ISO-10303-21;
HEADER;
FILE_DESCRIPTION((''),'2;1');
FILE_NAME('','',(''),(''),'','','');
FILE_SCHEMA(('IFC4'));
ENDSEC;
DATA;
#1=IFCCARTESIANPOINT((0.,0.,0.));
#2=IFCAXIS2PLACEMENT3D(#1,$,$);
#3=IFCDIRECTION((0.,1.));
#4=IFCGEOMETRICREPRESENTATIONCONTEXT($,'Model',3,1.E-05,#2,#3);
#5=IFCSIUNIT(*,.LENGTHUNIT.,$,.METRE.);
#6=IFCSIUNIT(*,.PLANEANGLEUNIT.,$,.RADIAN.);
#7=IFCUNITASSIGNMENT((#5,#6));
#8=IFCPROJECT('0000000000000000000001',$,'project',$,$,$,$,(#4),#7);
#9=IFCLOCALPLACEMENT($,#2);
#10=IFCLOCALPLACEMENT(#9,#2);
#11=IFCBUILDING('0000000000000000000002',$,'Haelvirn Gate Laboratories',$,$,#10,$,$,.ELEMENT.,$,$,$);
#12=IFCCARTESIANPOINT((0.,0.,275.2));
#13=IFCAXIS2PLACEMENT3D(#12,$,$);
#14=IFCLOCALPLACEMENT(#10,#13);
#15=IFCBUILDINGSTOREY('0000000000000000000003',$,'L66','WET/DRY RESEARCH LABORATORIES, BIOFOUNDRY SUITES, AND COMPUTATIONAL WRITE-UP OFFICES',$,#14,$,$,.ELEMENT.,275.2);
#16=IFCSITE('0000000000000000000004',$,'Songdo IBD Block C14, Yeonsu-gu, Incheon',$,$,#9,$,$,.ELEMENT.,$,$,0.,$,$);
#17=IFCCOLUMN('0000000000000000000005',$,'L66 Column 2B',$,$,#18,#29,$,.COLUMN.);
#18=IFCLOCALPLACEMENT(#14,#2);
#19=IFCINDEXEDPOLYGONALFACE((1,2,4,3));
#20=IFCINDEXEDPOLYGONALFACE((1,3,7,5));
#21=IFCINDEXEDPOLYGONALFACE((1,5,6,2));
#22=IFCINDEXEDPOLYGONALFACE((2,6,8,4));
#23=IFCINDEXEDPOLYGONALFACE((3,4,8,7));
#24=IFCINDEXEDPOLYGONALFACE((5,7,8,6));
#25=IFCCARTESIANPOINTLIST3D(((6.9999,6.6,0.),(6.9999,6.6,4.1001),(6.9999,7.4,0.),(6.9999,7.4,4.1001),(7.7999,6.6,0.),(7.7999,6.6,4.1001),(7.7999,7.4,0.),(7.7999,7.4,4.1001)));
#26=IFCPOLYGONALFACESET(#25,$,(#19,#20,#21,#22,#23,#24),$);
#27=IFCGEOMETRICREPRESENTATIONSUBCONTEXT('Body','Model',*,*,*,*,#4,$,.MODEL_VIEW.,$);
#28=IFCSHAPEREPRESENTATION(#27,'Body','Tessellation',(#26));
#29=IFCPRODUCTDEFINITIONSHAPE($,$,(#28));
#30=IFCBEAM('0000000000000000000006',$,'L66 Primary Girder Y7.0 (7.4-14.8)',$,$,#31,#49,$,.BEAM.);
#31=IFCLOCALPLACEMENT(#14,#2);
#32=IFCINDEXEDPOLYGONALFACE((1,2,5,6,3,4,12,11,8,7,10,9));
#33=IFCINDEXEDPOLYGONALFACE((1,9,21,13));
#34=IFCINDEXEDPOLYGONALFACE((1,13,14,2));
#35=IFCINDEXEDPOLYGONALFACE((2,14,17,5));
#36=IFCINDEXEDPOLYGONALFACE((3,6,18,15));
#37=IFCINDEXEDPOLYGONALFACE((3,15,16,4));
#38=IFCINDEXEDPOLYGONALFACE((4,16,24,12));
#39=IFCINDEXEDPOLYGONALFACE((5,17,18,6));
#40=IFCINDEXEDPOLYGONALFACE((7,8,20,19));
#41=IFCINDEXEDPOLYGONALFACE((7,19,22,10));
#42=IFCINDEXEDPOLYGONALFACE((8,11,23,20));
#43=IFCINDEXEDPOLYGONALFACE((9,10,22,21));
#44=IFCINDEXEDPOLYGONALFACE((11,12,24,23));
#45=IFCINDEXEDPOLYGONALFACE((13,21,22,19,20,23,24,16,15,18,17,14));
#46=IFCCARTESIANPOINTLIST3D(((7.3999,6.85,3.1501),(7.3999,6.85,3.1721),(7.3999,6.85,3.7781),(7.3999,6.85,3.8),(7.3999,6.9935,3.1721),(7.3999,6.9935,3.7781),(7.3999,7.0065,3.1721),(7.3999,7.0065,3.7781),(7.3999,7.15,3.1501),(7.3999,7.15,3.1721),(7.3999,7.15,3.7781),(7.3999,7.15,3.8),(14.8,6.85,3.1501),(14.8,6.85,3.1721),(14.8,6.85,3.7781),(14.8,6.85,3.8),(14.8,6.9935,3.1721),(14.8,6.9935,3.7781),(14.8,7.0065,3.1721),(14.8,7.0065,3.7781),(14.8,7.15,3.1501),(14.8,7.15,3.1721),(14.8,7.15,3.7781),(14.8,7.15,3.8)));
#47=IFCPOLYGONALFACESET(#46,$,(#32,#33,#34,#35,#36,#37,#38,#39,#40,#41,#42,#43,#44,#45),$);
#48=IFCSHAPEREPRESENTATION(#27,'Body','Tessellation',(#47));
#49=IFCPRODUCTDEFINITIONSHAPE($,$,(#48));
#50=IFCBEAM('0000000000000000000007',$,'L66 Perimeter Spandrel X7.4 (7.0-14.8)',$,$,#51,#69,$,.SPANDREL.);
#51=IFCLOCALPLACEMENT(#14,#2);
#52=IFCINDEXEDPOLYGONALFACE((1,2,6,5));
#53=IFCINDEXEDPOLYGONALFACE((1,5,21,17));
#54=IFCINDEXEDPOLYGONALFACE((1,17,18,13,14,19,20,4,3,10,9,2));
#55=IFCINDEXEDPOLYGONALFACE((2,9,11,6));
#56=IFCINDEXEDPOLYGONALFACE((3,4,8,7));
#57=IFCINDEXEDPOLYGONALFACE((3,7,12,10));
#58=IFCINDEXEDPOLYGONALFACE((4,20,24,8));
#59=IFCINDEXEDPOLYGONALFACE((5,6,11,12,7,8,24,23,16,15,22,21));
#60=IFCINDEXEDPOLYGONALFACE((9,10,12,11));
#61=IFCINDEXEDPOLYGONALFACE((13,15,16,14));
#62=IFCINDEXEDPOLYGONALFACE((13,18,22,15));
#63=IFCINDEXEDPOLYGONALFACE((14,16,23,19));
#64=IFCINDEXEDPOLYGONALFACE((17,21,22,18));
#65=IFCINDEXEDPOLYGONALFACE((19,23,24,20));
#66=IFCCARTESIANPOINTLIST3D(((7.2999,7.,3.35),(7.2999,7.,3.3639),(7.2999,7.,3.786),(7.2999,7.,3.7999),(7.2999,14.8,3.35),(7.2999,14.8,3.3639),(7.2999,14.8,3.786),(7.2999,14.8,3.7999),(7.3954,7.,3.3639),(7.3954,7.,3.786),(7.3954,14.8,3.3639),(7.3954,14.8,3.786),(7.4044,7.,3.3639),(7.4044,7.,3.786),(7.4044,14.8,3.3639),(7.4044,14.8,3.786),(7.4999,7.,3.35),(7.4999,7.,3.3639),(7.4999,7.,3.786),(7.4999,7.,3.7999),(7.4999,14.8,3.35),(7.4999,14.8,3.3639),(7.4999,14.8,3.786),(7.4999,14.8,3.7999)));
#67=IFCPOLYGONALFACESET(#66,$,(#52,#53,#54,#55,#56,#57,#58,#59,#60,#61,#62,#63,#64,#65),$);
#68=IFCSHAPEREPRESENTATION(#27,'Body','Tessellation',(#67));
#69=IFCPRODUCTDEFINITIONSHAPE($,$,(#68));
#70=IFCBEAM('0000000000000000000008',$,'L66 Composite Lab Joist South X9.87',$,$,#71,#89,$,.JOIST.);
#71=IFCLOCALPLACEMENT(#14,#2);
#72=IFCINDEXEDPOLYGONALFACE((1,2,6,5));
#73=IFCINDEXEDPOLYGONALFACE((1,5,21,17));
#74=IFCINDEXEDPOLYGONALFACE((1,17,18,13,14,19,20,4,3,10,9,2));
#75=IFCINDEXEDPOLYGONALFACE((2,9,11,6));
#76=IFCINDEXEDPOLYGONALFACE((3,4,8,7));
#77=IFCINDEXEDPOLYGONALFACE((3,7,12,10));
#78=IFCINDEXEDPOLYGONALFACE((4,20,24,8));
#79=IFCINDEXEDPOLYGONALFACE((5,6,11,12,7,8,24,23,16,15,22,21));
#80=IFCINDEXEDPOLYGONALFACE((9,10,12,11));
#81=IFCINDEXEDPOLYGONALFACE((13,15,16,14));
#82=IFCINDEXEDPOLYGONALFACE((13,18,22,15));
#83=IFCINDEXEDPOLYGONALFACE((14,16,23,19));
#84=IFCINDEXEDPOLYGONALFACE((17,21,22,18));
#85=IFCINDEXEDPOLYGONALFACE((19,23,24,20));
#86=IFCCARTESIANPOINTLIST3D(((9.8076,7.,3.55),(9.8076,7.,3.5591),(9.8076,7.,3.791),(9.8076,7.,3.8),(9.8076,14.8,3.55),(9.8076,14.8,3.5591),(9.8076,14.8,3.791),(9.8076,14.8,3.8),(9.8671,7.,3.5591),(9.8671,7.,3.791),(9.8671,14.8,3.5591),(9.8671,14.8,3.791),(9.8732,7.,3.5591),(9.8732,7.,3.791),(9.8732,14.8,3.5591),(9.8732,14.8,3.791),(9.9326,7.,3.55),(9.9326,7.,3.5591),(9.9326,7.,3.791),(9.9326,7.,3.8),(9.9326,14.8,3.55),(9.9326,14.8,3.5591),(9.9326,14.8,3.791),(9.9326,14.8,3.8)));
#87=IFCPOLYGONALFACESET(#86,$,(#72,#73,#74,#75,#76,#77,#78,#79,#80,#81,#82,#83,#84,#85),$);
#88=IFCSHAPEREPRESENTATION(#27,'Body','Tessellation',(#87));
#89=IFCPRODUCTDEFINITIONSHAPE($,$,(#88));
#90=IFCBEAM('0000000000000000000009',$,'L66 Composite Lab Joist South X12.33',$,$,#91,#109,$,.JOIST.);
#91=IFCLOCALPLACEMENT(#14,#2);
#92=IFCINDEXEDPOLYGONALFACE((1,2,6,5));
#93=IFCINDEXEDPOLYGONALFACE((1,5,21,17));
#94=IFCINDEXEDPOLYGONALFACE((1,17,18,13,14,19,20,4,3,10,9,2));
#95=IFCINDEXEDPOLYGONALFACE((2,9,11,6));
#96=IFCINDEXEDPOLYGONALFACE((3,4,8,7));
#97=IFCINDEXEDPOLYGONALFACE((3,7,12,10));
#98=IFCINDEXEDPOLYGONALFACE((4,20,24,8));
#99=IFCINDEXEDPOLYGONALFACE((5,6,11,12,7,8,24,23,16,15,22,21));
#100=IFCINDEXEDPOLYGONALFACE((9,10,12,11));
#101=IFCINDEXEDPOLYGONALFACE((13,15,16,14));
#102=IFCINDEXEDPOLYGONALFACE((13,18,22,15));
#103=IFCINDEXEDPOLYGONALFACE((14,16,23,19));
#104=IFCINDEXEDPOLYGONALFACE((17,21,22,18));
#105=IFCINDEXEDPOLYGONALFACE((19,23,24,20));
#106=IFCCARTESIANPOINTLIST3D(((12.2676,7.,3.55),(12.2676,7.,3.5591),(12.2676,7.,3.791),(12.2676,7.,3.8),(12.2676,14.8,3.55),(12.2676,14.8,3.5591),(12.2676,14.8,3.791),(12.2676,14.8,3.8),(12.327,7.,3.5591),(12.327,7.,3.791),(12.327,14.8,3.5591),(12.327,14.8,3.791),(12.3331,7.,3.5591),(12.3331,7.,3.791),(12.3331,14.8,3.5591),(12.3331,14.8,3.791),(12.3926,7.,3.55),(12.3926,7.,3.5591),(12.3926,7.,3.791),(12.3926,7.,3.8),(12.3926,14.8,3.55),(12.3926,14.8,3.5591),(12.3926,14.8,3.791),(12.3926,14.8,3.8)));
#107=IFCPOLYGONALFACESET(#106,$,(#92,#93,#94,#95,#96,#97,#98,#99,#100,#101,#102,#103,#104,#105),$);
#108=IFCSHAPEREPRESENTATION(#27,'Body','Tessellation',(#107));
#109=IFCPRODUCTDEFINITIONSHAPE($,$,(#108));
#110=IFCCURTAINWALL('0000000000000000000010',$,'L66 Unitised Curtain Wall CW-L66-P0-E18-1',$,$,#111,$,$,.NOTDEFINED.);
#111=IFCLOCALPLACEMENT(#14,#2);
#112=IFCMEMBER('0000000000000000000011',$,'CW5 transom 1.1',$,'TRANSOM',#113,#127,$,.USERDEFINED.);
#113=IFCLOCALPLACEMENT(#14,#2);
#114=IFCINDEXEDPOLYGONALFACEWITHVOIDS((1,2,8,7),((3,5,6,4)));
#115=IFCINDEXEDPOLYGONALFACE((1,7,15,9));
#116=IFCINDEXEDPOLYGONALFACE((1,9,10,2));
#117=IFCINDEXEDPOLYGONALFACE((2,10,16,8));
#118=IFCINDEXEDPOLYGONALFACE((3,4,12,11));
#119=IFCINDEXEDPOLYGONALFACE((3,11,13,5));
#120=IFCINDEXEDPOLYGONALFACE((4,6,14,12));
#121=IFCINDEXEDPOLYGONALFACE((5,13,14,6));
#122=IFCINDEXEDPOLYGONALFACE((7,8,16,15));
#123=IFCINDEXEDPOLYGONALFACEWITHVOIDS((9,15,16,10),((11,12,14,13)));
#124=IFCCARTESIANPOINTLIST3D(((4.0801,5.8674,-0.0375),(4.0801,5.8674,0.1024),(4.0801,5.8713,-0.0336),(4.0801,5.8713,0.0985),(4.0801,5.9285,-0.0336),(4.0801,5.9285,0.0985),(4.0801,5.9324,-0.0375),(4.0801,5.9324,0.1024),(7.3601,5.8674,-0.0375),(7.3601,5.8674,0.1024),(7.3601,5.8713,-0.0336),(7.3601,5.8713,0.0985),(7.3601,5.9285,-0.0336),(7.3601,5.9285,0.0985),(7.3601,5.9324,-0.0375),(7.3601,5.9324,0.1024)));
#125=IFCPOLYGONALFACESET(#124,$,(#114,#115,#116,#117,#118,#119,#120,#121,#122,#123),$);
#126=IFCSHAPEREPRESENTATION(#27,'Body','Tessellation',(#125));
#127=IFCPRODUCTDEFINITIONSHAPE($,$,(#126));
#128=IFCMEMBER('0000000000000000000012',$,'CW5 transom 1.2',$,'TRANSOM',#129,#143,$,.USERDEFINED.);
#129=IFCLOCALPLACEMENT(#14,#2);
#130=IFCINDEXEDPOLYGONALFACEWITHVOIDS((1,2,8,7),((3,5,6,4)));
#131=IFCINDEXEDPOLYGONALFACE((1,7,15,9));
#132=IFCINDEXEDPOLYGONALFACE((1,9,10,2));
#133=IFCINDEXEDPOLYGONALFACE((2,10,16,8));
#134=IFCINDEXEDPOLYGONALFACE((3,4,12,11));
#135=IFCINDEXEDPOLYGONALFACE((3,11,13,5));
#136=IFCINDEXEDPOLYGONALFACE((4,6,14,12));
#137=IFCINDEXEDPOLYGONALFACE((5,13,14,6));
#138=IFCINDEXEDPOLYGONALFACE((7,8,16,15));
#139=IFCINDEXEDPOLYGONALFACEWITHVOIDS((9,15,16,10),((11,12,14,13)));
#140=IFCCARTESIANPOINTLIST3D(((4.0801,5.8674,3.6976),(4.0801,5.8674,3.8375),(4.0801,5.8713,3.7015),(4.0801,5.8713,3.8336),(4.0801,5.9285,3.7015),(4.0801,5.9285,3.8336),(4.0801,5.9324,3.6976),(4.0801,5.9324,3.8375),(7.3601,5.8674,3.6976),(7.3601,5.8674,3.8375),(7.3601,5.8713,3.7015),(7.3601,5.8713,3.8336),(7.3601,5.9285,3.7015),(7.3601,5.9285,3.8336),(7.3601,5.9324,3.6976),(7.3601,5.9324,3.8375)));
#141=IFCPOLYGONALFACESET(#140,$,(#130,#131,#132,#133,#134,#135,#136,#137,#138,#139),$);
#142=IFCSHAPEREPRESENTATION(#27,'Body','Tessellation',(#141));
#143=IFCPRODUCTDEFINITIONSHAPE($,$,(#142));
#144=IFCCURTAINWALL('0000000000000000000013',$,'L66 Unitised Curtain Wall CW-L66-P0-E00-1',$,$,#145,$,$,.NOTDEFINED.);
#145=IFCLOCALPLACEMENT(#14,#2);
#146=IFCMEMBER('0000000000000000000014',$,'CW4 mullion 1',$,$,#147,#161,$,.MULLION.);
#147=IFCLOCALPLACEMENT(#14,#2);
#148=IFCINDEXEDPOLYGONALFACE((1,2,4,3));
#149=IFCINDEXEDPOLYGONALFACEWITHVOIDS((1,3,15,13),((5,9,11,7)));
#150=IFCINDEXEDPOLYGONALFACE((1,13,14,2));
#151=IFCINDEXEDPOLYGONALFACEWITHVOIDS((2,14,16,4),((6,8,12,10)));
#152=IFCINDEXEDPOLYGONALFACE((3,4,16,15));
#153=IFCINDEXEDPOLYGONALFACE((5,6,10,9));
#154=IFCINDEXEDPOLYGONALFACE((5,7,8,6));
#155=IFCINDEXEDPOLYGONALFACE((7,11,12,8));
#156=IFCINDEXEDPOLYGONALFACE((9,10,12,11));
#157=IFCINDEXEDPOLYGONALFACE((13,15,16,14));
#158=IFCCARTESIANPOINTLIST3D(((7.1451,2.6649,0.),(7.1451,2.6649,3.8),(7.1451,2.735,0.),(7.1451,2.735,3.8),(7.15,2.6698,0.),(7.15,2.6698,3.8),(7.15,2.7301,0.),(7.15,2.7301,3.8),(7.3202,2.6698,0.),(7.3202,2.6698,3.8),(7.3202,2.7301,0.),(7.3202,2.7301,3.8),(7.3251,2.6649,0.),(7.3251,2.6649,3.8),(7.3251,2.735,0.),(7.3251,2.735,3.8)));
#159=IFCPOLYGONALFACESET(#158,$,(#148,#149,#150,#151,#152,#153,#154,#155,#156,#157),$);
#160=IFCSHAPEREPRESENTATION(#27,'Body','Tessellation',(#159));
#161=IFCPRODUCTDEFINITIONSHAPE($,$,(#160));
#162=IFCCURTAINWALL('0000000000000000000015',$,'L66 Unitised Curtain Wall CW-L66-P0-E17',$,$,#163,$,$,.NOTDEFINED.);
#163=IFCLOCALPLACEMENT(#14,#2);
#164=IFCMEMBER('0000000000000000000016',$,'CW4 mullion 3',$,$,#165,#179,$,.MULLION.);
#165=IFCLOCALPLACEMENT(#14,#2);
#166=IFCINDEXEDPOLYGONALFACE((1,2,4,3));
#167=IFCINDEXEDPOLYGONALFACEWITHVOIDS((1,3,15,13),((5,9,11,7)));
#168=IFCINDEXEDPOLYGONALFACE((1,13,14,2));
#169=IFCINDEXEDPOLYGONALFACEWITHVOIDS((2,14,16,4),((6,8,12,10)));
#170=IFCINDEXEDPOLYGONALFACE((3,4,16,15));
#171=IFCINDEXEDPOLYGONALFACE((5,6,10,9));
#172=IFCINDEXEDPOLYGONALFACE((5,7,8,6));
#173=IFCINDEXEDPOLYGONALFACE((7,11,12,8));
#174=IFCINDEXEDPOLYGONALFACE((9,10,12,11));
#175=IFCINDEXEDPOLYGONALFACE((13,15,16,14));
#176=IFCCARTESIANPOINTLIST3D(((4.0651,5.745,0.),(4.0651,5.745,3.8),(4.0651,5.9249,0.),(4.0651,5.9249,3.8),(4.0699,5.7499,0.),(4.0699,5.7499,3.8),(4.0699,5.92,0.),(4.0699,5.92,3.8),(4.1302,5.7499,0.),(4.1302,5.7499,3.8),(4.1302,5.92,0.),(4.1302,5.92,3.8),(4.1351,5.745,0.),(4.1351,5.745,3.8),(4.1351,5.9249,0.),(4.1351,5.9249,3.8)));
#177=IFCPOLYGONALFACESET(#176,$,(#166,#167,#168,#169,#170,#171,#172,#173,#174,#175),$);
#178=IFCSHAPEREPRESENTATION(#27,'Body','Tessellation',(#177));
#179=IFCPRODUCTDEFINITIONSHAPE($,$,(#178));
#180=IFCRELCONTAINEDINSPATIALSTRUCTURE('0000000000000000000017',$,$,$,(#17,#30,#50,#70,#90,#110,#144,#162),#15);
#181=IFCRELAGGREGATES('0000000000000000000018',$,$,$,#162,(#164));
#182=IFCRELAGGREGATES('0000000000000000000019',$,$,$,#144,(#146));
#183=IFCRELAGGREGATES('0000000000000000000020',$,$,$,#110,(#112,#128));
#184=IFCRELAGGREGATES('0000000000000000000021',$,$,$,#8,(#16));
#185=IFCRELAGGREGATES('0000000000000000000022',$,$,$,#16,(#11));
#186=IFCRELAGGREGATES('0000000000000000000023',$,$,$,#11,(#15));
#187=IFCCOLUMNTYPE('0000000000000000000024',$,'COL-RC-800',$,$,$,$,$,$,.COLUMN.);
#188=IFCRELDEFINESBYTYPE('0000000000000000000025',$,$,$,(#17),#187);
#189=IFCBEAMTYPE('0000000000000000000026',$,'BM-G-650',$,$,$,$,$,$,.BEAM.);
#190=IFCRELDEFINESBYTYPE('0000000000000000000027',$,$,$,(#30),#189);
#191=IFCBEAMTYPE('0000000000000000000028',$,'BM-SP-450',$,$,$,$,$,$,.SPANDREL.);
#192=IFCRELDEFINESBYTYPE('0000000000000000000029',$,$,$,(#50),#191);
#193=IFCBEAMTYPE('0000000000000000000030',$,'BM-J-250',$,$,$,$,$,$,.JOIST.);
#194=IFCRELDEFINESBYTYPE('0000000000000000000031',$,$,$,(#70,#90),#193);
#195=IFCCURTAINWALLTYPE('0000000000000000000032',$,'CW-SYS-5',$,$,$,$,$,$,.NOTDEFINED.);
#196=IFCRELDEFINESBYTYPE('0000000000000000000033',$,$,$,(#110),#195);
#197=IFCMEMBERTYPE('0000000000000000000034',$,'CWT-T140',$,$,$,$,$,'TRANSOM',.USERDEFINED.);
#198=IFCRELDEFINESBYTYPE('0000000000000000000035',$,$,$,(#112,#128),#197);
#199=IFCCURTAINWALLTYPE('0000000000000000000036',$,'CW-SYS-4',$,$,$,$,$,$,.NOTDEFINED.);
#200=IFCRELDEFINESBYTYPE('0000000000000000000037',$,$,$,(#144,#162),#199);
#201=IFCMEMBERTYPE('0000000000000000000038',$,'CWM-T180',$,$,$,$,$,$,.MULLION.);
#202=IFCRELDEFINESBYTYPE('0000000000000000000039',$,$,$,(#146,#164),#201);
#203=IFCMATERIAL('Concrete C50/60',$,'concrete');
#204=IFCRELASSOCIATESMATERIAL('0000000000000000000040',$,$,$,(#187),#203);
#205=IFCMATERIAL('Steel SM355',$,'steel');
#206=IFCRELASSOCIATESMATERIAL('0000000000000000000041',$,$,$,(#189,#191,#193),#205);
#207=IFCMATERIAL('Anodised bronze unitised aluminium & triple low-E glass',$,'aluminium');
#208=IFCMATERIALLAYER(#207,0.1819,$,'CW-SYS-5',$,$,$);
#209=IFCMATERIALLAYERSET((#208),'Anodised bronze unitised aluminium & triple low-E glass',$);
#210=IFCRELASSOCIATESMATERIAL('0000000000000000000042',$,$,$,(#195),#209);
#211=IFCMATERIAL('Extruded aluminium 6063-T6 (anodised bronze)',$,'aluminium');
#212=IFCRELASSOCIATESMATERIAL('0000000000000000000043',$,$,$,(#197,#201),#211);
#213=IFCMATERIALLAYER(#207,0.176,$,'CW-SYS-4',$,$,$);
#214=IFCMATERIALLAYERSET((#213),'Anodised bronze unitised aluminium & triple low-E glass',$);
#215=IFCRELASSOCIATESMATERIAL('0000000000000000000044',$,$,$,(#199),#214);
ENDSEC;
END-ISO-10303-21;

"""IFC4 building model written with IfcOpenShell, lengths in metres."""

from ifc_helpers import new_model, si_unit, direction, frame, origin, origin_2d, place, context, subcontext, project, spatial, rectangle, hollow_rectangle, i_section, extrude, source, transform, mapped, material, layer, layer_set, material_profile, profile_set, type_object, type_shapes, element, aggregate, save


model = new_model("IFC4")

# Units and contexts
model_context = context("Model", 3, precision=1e-05, world=origin(), true_north=direction((0.0, 1.0)))
body_context = subcontext(model_context, "Body", "Model", "MODEL_VIEW")
ifc_project = project(units=[si_unit("LENGTHUNIT", "METRE"), si_unit("PLANEANGLEUNIT", "RADIAN")], contexts=[model_context])

# Site, building, storey
site_placement = place(None, origin())
site = spatial("IfcSite", under=ifc_project, at=site_placement, Name="Songdo IBD Block C14, Yeonsu-gu, Incheon", CompositionType="ELEMENT", RefElevation=0.0)
building_placement = place(site_placement, origin())
building = spatial("IfcBuilding", under=site, at=building_placement, Name="Haelvirn Gate Laboratories", CompositionType="ELEMENT")
storey_placement = place(building_placement, frame((0.0, 0.0, 275.2)))
storey = spatial("IfcBuildingStorey", under=building, at=storey_placement, Name="L66", Description="WET/DRY RESEARCH LABORATORIES, BIOFOUNDRY SUITES, AND COMPUTATIONAL WRITE-UP OFFICES", CompositionType="ELEMENT", Elevation=275.2)

# Column
ifc_material_1 = material(Name="Concrete C50/60", Category="concrete")
ifc_material_profile_1 = material_profile(ifc_material_1, rectangle(XDim=0.8, YDim=0.8, at=origin_2d()), Name="RC-800x800")
ifc_profile_set_1 = profile_set([ifc_material_profile_1], Name="Concrete C50/60")
column_type = type_object("IfcColumnType", Name="COL-RC-800", PredefinedType="COLUMN", material=ifc_profile_set_1)
shared_shape_1 = source(origin(), body_context, "Body", "SweptSolid", [
    extrude(rectangle(XDim=0.8, YDim=0.8, at=origin_2d()), origin(), (0.0, 0.0, 1.0), 4.1001),
])
type_shapes(column_type, [shared_shape_1])
column_placement = place(storey_placement, frame((7.3999, 7.0, 0.0), z_axis=(0.0, 0.0, 1.0), x_axis=(1.0, 0.0, 0.0)))
element("IfcColumn", 1, at=column_placement, inside=storey, type_object=column_type, Name="L66 Column 2B", PredefinedType="COLUMN", context=body_context, shape_type="MappedRepresentation", body=[
    mapped(shared_shape_1, transform((0.0, 0.0, 0.0), scale=1.0)),
])

# Beams
ifc_material_2 = material(Name="Steel SM355", Category="steel")
ifc_material_profile_2 = material_profile(ifc_material_2, i_section(OverallWidth=0.3, OverallDepth=0.6499, WebThickness=0.0129, FlangeThickness=0.022, at=origin_2d()), Name="H-650x300x13x22")
ifc_profile_set_2 = profile_set([ifc_material_profile_2], Name="Steel SM355")
beam_type_1 = type_object("IfcBeamType", Name="BM-G-650", PredefinedType="BEAM", material=ifc_profile_set_2)
shared_shape_2 = source(origin(), body_context, "Body", "SweptSolid", [
    extrude(i_section(OverallWidth=0.3, OverallDepth=0.6499, WebThickness=0.0129, FlangeThickness=0.022, at=origin_2d()), origin(), (0.0, 0.0, 1.0), 7.4001),
])
type_shapes(beam_type_1, [shared_shape_2])
beam_1_placement = place(storey_placement, frame((7.3999, 7.0, 3.4751), z_axis=(1.0, 0.0, 0.0), x_axis=(0.0, 1.0, 0.0)))
element("IfcBeam", 2, at=beam_1_placement, inside=storey, type_object=beam_type_1, Name="L66 Primary Girder Y7.0 (7.4-14.8)", PredefinedType="BEAM", context=body_context, shape_type="MappedRepresentation", body=[
    mapped(shared_shape_2, transform((0.0, 0.0, 0.0), scale=1.0)),
])
ifc_material_profile_3 = material_profile(ifc_material_2, i_section(OverallWidth=0.2, OverallDepth=0.45, WebThickness=0.009, FlangeThickness=0.0139, at=origin_2d()), Name="H-450x200x9x14")
ifc_profile_set_3 = profile_set([ifc_material_profile_3], Name="Steel SM355")
beam_type_2 = type_object("IfcBeamType", Name="BM-SP-450", PredefinedType="SPANDREL", material=ifc_profile_set_3)
shared_shape_3 = source(origin(), body_context, "Body", "SweptSolid", [
    extrude(i_section(OverallWidth=0.2, OverallDepth=0.45, WebThickness=0.009, FlangeThickness=0.0139, at=origin_2d()), origin(), (0.0, 0.0, 1.0), 7.8),
])
type_shapes(beam_type_2, [shared_shape_3])
beam_2_placement = place(storey_placement, frame((7.3999, 7.0, 3.575), z_axis=(0.0, 1.0, 0.0), x_axis=(-1.0, 0.0, 0.0)))
element("IfcBeam", 3, at=beam_2_placement, inside=storey, type_object=beam_type_2, Name="L66 Perimeter Spandrel X7.4 (7.0-14.8)", PredefinedType="SPANDREL", context=body_context, shape_type="MappedRepresentation", body=[
    mapped(shared_shape_3, transform((0.0, 0.0, 0.0), scale=1.0)),
])
ifc_material_profile_4 = material_profile(ifc_material_2, i_section(OverallWidth=0.125, OverallDepth=0.25, WebThickness=0.0061, FlangeThickness=0.009, at=origin_2d()), Name="H-250x125x6x9")
ifc_profile_set_4 = profile_set([ifc_material_profile_4], Name="Steel SM355")
beam_type_3 = type_object("IfcBeamType", Name="BM-J-250", PredefinedType="JOIST", material=ifc_profile_set_4)
shared_shape_4 = source(origin(), body_context, "Body", "SweptSolid", [
    extrude(i_section(OverallWidth=0.125, OverallDepth=0.25, WebThickness=0.0061, FlangeThickness=0.009, at=origin_2d()), origin(), (0.0, 0.0, 1.0), 7.8),
])
type_shapes(beam_type_3, [shared_shape_4])
for number, where, z_axis, x_axis, name in (
    (4, (9.8701, 7.0, 3.675), (0.0, 1.0, 0.0), (-1.0, 0.0, 0.0), "L66 Composite Lab Joist South X9.87"),
    (5, (12.3301, 7.0, 3.675), (0.0, 1.0, 0.0), (-1.0, 0.0, 0.0), "L66 Composite Lab Joist South X12.33"),
):
    element("IfcBeam", number, at=place(storey_placement, frame(where, z_axis=z_axis, x_axis=x_axis)), inside=storey, type_object=beam_type_3, Name=name, PredefinedType="JOIST", context=body_context, shape_type="MappedRepresentation", body=[
        mapped(shared_shape_4, transform((0.0, 0.0, 0.0), scale=1.0)),
    ])

# Curtain wall, members
ifc_material_3 = material(Name="Anodised bronze unitised aluminium & triple low-E glass", Category="aluminium")
ifc_layer_1 = layer(ifc_material_3, 0.1819, Name="CW-SYS-5")
ifc_layer_set_1 = layer_set([ifc_layer_1], Name="Anodised bronze unitised aluminium & triple low-E glass")
curtain_wall_type_1 = type_object("IfcCurtainWallType", Name="CW-SYS-5", PredefinedType="NOTDEFINED", material=ifc_layer_set_1)
curtain_wall_1_placement = place(storey_placement, origin())
curtain_wall_1 = element("IfcCurtainWall", 6, at=curtain_wall_1_placement, inside=storey, type_object=curtain_wall_type_1, Name="L66 Unitised Curtain Wall CW-L66-P0-E18-1", PredefinedType="NOTDEFINED")
ifc_material_4 = material(Name="Extruded aluminium 6063-T6 (anodised bronze)", Category="aluminium")
ifc_material_profile_5 = material_profile(ifc_material_4, hollow_rectangle(XDim=0.0649, YDim=0.1399, WallThickness=0.0039, at=origin_2d()), Name="CWT-140x65x4")
ifc_profile_set_5 = profile_set([ifc_material_profile_5], Name="Extruded aluminium 6063-T6 (anodised bronze)")
member_type_1 = type_object("IfcMemberType", Name="CWT-T140", ElementType="TRANSOM", PredefinedType="USERDEFINED", material=ifc_profile_set_5)
shared_shape_5 = source(origin(), body_context, "Body", "SweptSolid", [
    extrude(hollow_rectangle(XDim=0.0649, YDim=0.1399, WallThickness=0.0039, at=origin_2d()), origin(), (0.0, 0.0, 1.0), 3.28),
])
member_1_placement = place(storey_placement, frame((4.0801, 5.8999, 0.0325), z_axis=(1.0, 0.0, 0.0), x_axis=(0.0, 1.0, 0.0)))
member_1 = element("IfcMember", 7, at=member_1_placement, type_object=member_type_1, Name="CW5 transom 1.1", ObjectType="TRANSOM", PredefinedType="USERDEFINED", context=body_context, shape_type="MappedRepresentation", body=[
    mapped(shared_shape_5, transform((0.0, 0.0, 0.0), scale=1.0)),
])
member_2_placement = place(storey_placement, frame((4.0801, 5.8999, 3.7676), z_axis=(1.0, 0.0, 0.0), x_axis=(0.0, 1.0, 0.0)))
member_2 = element("IfcMember", 8, at=member_2_placement, type_object=member_type_1, Name="CW5 transom 1.2", ObjectType="TRANSOM", PredefinedType="USERDEFINED", context=body_context, shape_type="MappedRepresentation", body=[
    mapped(shared_shape_5, transform((0.0, 0.0, 0.0), scale=1.0)),
])

# Curtain walls, members
ifc_layer_2 = layer(ifc_material_3, 0.176, Name="CW-SYS-4")
ifc_layer_set_2 = layer_set([ifc_layer_2], Name="Anodised bronze unitised aluminium & triple low-E glass")
curtain_wall_type_2 = type_object("IfcCurtainWallType", Name="CW-SYS-4", PredefinedType="NOTDEFINED", material=ifc_layer_set_2)
curtain_wall_2_placement = place(storey_placement, origin())
curtain_wall_2 = element("IfcCurtainWall", 9, at=curtain_wall_2_placement, inside=storey, type_object=curtain_wall_type_2, Name="L66 Unitised Curtain Wall CW-L66-P0-E00-1", PredefinedType="NOTDEFINED")
ifc_material_profile_6 = material_profile(ifc_material_4, hollow_rectangle(XDim=0.0701, YDim=0.1799, WallThickness=0.0049, at=origin_2d()), Name="CWM-180x70x5")
ifc_profile_set_6 = profile_set([ifc_material_profile_6], Name="Extruded aluminium 6063-T6 (anodised bronze)")
member_type_2 = type_object("IfcMemberType", Name="CWM-T180", PredefinedType="MULLION", material=ifc_profile_set_6)
shared_shape_6 = source(origin(), body_context, "Body", "SweptSolid", [
    extrude(hollow_rectangle(XDim=0.0701, YDim=0.1799, WallThickness=0.0049, at=origin_2d()), origin(), (0.0, 0.0, 1.0), 3.8),
])
type_shapes(member_type_2, [shared_shape_6])
member_3_placement = place(storey_placement, frame((7.2351, 2.7, 0.0), z_axis=(0.0, 0.0, 1.0), x_axis=(0.0, 1.0, 0.0)))
member_3 = element("IfcMember", 10, at=member_3_placement, type_object=member_type_2, Name="CW4 mullion 1", PredefinedType="MULLION", context=body_context, shape_type="MappedRepresentation", body=[
    mapped(shared_shape_6, transform((0.0, 0.0, 0.0), scale=1.0)),
])
curtain_wall_3_placement = place(storey_placement, origin())
curtain_wall_3 = element("IfcCurtainWall", 11, at=curtain_wall_3_placement, inside=storey, type_object=curtain_wall_type_2, Name="L66 Unitised Curtain Wall CW-L66-P0-E17", PredefinedType="NOTDEFINED")
member_4_placement = place(storey_placement, frame((4.1001, 5.835, 0.0), z_axis=(0.0, 0.0, 1.0), x_axis=(1.0, 0.0, 0.0)))
member_4 = element("IfcMember", 12, at=member_4_placement, type_object=member_type_2, Name="CW4 mullion 3", PredefinedType="MULLION", context=body_context, shape_type="MappedRepresentation", body=[
    mapped(shared_shape_6, transform((0.0, 0.0, 0.0), scale=1.0)),
])
aggregate(curtain_wall_3, [member_4])

aggregate(curtain_wall_2, [member_3])
aggregate(curtain_wall_1, [member_1, member_2])

save(model, "model.ifc")
